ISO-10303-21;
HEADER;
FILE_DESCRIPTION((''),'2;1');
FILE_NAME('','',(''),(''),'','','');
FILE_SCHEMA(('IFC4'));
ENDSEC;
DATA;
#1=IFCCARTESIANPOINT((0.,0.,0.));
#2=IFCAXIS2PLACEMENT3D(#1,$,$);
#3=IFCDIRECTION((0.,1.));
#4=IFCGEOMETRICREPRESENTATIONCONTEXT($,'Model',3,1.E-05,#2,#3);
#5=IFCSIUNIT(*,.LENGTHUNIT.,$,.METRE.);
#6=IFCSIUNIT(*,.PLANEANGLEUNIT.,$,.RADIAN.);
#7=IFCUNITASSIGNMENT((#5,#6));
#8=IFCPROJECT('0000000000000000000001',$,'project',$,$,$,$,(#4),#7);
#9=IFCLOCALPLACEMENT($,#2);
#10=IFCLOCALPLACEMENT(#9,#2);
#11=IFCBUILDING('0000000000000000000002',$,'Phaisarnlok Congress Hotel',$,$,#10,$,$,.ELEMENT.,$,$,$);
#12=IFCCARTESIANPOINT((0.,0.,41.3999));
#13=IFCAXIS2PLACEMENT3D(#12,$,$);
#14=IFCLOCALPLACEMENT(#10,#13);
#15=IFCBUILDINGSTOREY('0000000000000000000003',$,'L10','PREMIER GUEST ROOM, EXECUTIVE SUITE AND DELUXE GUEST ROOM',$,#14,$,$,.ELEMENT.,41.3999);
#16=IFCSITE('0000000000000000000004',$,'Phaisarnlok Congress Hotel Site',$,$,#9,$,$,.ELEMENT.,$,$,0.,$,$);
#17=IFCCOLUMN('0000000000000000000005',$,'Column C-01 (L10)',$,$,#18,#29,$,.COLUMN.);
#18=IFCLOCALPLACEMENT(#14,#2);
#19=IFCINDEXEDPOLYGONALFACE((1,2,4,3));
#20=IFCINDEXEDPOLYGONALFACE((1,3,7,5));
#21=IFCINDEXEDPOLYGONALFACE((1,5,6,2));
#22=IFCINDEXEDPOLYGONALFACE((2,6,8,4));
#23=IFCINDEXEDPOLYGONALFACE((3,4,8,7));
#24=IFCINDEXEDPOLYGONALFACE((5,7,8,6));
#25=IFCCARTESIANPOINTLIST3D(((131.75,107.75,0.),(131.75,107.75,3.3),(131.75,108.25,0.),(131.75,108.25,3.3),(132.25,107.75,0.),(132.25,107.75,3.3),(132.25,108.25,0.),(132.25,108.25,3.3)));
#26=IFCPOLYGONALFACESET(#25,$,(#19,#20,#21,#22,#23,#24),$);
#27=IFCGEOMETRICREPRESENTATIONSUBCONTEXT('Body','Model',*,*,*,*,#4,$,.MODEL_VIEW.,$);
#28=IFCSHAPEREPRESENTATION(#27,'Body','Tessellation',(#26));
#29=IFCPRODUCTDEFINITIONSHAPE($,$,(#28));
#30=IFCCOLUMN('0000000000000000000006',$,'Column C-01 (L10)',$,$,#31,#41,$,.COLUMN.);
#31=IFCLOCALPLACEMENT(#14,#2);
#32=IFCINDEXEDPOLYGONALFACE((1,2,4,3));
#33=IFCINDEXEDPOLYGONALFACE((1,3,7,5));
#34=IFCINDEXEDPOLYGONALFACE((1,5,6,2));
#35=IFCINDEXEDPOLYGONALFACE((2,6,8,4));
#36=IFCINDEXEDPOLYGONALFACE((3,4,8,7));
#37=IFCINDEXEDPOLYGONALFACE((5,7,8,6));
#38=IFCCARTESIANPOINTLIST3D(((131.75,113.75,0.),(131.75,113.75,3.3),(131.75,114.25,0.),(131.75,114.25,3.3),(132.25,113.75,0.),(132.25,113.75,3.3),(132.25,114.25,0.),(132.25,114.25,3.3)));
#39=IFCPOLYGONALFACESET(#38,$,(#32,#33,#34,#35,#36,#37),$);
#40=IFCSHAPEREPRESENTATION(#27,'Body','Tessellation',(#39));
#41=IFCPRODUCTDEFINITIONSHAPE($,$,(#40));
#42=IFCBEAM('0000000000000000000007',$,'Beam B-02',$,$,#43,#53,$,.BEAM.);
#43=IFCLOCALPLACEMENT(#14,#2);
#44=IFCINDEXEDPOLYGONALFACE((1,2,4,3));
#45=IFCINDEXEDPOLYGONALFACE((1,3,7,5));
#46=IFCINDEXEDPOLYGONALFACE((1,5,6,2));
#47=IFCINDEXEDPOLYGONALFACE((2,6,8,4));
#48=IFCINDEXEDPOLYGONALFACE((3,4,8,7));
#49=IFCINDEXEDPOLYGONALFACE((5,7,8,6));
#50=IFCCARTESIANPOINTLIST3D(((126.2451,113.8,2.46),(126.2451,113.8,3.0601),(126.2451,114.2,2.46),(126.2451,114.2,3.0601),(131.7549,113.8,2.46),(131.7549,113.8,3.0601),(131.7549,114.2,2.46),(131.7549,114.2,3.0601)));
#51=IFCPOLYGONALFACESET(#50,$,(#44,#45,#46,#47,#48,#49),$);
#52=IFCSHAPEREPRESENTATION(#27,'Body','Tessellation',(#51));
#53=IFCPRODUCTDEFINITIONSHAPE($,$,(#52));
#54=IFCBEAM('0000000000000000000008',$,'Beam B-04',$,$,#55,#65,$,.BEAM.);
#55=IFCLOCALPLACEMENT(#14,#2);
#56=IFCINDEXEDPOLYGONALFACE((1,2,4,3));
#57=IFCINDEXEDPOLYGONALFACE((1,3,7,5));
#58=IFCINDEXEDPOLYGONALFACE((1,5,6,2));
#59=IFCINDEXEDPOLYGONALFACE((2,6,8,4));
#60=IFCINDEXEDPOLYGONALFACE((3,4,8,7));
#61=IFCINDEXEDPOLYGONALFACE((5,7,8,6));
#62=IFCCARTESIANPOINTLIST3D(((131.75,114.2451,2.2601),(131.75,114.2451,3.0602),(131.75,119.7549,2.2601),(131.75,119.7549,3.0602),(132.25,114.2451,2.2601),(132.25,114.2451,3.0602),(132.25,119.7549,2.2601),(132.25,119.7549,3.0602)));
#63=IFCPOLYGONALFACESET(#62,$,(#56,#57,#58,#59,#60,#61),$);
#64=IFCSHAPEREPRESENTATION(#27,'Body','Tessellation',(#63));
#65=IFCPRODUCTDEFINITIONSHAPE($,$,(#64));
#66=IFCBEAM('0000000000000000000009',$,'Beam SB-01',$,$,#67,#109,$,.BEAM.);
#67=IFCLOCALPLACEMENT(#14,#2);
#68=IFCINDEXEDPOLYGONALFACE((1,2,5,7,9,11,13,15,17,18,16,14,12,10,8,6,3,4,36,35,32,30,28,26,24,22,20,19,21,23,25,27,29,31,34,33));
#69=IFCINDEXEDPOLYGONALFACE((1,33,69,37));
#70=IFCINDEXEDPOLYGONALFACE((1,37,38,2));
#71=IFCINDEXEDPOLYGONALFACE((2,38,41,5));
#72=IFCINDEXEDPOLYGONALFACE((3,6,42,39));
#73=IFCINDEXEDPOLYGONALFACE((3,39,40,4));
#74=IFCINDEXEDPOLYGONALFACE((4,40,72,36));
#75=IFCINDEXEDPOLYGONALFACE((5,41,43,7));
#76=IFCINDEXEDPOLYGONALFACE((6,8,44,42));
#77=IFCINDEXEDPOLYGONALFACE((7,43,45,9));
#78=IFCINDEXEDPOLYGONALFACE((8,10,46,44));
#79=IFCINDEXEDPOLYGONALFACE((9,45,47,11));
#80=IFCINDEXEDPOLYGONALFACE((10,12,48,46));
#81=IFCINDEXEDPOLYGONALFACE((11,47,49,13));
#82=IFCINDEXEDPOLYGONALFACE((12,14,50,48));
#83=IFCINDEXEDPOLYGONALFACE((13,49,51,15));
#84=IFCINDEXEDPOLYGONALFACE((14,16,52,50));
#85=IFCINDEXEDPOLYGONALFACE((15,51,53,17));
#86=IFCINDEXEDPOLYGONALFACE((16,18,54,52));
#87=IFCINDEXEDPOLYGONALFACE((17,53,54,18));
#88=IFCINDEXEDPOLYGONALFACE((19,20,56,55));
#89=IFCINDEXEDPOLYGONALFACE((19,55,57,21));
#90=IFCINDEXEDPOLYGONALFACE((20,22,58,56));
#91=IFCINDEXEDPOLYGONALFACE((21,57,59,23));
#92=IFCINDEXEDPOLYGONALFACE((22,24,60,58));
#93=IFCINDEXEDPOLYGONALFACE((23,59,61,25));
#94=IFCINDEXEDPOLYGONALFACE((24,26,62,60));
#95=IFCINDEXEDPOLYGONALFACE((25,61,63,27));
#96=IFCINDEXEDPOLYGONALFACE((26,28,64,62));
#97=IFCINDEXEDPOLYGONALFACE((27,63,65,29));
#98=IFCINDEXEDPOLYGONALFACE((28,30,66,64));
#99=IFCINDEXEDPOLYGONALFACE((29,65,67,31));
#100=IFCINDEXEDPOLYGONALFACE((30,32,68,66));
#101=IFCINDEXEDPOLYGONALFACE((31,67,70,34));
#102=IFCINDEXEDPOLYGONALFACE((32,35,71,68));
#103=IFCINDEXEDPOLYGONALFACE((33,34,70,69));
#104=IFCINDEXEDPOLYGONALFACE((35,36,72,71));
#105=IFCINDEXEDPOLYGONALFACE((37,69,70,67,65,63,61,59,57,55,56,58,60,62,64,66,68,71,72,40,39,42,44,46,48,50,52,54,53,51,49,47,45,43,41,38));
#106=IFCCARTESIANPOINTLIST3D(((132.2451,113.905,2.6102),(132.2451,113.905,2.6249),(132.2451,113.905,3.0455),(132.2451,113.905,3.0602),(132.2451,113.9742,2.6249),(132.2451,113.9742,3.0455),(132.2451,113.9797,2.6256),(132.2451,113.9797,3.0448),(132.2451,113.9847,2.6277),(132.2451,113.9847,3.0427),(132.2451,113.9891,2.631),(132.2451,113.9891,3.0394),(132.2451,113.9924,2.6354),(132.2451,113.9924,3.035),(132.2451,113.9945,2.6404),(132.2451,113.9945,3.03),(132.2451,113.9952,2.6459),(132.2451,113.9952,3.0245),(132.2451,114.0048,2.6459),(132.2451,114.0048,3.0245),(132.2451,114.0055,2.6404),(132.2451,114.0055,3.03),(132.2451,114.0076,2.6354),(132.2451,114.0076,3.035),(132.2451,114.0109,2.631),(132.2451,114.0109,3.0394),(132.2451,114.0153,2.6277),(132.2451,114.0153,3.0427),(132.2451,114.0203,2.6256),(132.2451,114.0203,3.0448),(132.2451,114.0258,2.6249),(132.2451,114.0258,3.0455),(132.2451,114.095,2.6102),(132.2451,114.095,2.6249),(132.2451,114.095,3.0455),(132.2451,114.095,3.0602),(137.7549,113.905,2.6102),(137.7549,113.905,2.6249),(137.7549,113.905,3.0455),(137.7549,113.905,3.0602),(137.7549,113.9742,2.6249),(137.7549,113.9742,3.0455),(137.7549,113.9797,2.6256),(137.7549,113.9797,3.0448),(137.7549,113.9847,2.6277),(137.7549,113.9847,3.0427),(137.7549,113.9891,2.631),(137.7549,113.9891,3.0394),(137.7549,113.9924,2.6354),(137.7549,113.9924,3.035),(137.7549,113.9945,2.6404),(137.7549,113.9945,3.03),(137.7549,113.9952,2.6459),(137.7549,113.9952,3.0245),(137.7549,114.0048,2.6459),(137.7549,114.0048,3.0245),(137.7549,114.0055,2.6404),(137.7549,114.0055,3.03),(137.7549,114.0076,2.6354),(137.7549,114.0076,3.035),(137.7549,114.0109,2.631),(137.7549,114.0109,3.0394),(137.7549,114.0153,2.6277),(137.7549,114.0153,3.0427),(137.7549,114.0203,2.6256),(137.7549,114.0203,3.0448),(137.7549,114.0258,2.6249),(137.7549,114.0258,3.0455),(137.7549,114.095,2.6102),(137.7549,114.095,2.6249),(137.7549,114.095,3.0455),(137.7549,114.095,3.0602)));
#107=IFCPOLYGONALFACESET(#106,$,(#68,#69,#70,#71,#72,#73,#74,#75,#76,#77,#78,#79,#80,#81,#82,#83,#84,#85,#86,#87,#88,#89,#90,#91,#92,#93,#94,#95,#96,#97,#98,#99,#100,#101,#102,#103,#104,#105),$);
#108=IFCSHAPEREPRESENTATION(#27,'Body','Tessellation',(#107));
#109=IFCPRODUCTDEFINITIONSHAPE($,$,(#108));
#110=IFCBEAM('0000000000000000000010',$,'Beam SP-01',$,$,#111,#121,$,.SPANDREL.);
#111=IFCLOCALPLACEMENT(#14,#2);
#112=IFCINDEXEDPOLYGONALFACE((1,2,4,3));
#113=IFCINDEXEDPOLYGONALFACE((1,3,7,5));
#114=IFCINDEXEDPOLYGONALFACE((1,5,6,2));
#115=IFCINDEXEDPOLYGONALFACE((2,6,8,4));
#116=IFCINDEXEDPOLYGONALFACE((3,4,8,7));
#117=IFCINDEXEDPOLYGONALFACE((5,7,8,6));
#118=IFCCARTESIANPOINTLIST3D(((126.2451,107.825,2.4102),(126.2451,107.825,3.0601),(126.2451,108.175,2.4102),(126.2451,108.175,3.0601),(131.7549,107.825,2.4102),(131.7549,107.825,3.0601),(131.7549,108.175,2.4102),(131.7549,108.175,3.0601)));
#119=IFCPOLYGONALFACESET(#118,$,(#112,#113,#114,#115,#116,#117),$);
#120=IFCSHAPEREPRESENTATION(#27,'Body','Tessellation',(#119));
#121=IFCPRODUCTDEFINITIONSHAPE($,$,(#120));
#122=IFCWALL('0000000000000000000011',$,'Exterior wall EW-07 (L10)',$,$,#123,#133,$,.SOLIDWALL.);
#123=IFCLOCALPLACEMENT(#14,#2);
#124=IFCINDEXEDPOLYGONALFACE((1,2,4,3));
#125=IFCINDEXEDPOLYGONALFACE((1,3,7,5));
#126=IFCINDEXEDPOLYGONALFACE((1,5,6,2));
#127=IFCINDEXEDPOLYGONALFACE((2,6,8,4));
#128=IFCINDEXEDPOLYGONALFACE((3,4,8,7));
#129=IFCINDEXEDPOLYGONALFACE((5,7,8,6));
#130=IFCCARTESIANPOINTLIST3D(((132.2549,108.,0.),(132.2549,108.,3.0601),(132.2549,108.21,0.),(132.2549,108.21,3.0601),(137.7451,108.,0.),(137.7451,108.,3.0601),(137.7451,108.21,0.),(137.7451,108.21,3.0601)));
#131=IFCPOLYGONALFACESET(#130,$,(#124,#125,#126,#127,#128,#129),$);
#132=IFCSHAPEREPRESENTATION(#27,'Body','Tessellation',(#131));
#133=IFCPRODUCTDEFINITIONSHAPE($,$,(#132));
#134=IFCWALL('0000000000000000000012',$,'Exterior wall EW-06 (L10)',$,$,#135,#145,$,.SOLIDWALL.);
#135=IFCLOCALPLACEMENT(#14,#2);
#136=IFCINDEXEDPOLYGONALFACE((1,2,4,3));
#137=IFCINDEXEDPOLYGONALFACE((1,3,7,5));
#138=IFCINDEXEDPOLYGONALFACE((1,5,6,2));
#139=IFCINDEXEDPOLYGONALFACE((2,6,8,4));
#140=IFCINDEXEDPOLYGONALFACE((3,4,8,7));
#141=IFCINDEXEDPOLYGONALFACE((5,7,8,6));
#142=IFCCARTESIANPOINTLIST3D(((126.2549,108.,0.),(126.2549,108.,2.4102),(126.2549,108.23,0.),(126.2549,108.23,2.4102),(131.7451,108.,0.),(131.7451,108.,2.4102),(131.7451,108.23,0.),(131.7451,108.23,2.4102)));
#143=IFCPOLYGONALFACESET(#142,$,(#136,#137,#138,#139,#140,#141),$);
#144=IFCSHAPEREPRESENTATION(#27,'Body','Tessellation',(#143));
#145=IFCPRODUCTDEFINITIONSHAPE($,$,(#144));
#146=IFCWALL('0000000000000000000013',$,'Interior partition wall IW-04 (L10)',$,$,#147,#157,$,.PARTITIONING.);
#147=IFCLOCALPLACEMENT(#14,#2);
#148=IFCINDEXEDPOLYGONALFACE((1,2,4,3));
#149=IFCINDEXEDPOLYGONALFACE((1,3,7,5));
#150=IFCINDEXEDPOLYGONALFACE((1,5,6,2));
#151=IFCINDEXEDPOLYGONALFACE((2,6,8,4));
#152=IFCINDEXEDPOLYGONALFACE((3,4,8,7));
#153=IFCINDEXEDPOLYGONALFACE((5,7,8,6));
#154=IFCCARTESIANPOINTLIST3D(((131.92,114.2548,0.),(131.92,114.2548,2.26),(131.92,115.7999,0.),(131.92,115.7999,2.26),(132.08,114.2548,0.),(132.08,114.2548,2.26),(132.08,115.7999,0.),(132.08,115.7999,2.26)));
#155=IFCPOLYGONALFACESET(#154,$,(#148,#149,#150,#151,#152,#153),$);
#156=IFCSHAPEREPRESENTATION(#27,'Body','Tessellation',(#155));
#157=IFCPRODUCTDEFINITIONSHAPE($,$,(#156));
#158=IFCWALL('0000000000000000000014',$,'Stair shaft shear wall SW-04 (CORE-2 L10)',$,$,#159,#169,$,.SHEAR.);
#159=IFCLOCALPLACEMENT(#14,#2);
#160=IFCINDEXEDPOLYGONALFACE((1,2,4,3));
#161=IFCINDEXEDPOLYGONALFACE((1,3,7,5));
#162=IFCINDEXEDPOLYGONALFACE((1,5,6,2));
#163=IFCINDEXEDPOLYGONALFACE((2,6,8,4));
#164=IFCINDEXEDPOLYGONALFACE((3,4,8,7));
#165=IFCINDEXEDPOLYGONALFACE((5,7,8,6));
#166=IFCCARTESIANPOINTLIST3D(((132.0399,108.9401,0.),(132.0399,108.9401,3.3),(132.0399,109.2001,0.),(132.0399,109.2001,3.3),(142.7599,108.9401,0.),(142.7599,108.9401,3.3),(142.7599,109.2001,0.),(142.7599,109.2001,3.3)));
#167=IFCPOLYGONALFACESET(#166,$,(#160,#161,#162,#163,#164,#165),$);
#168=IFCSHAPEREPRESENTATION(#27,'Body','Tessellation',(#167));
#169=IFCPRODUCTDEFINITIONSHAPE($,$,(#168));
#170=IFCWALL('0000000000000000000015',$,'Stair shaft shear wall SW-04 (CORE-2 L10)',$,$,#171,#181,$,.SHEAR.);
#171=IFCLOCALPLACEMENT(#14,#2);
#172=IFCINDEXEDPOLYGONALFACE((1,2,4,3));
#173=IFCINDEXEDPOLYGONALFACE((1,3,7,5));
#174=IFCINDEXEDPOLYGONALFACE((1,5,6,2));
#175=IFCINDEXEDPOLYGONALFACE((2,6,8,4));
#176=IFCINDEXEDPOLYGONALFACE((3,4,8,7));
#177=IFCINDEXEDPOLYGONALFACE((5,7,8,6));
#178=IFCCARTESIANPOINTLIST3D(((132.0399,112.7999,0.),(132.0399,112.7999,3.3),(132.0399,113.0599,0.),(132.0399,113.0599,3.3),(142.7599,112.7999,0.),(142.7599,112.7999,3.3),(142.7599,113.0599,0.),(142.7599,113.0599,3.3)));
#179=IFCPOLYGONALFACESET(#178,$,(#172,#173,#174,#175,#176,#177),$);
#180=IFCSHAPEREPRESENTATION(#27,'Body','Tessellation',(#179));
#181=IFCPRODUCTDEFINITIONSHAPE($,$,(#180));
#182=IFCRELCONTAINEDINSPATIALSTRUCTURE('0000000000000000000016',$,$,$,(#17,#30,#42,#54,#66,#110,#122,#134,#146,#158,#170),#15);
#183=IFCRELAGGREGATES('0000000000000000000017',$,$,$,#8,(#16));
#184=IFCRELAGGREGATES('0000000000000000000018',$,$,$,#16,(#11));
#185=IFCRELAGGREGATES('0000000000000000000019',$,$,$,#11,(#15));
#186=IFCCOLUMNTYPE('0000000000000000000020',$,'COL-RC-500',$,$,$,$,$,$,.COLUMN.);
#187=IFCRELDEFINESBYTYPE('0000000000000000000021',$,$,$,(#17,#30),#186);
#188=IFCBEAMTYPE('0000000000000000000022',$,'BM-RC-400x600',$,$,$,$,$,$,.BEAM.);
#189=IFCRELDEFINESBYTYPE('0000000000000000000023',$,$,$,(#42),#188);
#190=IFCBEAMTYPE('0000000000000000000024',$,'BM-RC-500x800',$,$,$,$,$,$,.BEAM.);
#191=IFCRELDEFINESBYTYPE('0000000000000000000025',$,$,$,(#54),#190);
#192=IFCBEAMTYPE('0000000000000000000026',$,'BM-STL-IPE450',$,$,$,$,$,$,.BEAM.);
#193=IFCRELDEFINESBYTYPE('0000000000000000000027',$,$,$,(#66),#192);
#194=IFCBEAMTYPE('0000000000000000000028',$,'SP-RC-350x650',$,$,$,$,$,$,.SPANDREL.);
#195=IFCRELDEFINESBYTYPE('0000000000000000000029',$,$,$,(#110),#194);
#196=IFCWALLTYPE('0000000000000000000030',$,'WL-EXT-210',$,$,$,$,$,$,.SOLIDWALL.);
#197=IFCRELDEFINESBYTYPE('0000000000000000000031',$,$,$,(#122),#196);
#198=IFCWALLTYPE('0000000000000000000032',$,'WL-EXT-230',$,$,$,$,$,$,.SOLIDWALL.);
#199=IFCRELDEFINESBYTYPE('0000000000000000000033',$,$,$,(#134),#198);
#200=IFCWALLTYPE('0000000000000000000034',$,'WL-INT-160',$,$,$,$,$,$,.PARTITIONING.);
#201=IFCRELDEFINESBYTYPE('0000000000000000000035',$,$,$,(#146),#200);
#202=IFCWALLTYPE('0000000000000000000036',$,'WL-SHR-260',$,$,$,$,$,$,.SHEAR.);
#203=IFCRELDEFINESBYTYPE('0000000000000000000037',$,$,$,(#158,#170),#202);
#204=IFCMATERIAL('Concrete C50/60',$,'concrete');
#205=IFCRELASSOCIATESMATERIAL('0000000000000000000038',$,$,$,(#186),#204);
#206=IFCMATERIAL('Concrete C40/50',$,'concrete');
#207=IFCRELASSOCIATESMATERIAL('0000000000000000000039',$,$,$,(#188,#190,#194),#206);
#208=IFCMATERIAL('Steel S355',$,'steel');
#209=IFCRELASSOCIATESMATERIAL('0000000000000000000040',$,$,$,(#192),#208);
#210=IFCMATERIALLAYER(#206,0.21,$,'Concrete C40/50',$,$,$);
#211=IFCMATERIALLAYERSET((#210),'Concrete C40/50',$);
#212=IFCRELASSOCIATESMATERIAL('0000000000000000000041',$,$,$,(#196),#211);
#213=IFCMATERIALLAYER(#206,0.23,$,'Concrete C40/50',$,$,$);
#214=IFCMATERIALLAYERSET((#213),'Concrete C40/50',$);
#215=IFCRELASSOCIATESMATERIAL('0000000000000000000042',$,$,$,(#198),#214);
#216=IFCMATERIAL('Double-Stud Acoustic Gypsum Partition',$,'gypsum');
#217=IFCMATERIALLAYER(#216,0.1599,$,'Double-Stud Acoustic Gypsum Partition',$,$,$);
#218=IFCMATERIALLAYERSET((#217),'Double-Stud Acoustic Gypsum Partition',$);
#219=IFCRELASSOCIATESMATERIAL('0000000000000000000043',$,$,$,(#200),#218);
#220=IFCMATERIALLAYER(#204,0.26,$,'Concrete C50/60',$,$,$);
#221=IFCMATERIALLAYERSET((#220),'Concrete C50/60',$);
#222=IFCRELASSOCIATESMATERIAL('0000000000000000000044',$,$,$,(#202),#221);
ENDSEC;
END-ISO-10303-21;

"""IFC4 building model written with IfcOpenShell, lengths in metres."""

from ifc_helpers import new_model, si_unit, direction, frame, frame_2d, origin, origin_2d, place, context, subcontext, project, spatial, rectangle, i_section, extrude, material, layer, layer_set, material_profile, profile_set, type_object, element, save


model = new_model("IFC4")

# Units and contexts
model_context = context("Model", 3, precision=1e-05, world=origin(), true_north=direction((0.0, 1.0)))
body_context = subcontext(model_context, "Body", "Model", "MODEL_VIEW")
ifc_project = project(units=[si_unit("LENGTHUNIT", "METRE"), si_unit("PLANEANGLEUNIT", "RADIAN")], contexts=[model_context])

# Site, building, storey
site_placement = place(None, origin())
site = spatial("IfcSite", under=ifc_project, at=site_placement, Name="Phaisarnlok Congress Hotel Site", CompositionType="ELEMENT", RefElevation=0.0)
building_placement = place(site_placement, origin())
building = spatial("IfcBuilding", under=site, at=building_placement, Name="Phaisarnlok Congress Hotel", CompositionType="ELEMENT")
storey_placement = place(building_placement, frame((0.0, 0.0, 41.3999)))
storey = spatial("IfcBuildingStorey", under=building, at=storey_placement, Name="L10", Description="PREMIER GUEST ROOM, EXECUTIVE SUITE AND DELUXE GUEST ROOM", CompositionType="ELEMENT", Elevation=41.3999)

# Columns
ifc_material_1 = material(Name="Concrete C50/60", Category="concrete")
ifc_material_profile_1 = material_profile(ifc_material_1, rectangle(XDim=0.5, YDim=0.5, at=origin_2d()), Name="RC 500x500")
ifc_profile_set_1 = profile_set([ifc_material_profile_1], Name="Concrete C50/60")
column_type = type_object("IfcColumnType", Name="COL-RC-500", PredefinedType="COLUMN", material=ifc_profile_set_1)
for number, where, z_axis, x_axis, name in (
    (1, (132.0, 108.0, 0.0), (0.0, 0.0, 1.0), (1.0, 0.0, 0.0), "Column C-01 (L10)"),
    (2, (132.0, 114.0, 0.0), (0.0, 0.0, 1.0), (1.0, 0.0, 0.0), "Column C-01 (L10)"),
):
    element("IfcColumn", number, at=place(storey_placement, frame(where, z_axis=z_axis, x_axis=x_axis)), inside=storey, type_object=column_type, Name=name, PredefinedType="COLUMN", context=body_context, shape_type="SweptSolid", body=[
        extrude(rectangle(XDim=0.5, YDim=0.5, at=origin_2d()), origin(), (0.0, 0.0, 1.0), 3.3),
    ])

# Beams
ifc_material_2 = material(Name="Concrete C40/50", Category="concrete")
ifc_material_profile_2 = material_profile(ifc_material_2, rectangle(XDim=0.3999, YDim=0.6001, at=origin_2d()), Name="RC 400x600")
ifc_profile_set_2 = profile_set([ifc_material_profile_2], Name="Concrete C40/50")
beam_type_1 = type_object("IfcBeamType", Name="BM-RC-400x600", PredefinedType="BEAM", material=ifc_profile_set_2)
beam_1_placement = place(storey_placement, frame((126.2451, 114.0, 2.76), z_axis=(1.0, 0.0, 0.0), x_axis=(0.0, 1.0, 0.0)))
element("IfcBeam", 3, at=beam_1_placement, inside=storey, type_object=beam_type_1, Name="Beam B-02", PredefinedType="BEAM", context=body_context, shape_type="SweptSolid", body=[
    extrude(rectangle(XDim=0.3999, YDim=0.6001, at=origin_2d()), origin(), (0.0, 0.0, 1.0), 5.5098),
])
ifc_material_profile_3 = material_profile(ifc_material_2, rectangle(XDim=0.5, YDim=0.8, at=origin_2d()), Name="RC 500x800")
ifc_profile_set_3 = profile_set([ifc_material_profile_3], Name="Concrete C40/50")
beam_type_2 = type_object("IfcBeamType", Name="BM-RC-500x800", PredefinedType="BEAM", material=ifc_profile_set_3)
beam_2_placement = place(storey_placement, frame((132.0, 114.2451, 2.6602), z_axis=(0.0, 1.0, 0.0), x_axis=(-1.0, 0.0, 0.0)))
element("IfcBeam", 4, at=beam_2_placement, inside=storey, type_object=beam_type_2, Name="Beam B-04", PredefinedType="BEAM", context=body_context, shape_type="SweptSolid", body=[
    extrude(rectangle(XDim=0.5, YDim=0.8, at=origin_2d()), origin(), (0.0, 0.0, 1.0), 5.5098),
])
ifc_material_3 = material(Name="Steel S355", Category="steel")
ifc_material_profile_4 = material_profile(ifc_material_3, i_section(OverallWidth=0.1899, OverallDepth=0.45, WebThickness=0.0095, FlangeThickness=0.0146, FilletRadius=0.021, at=origin_2d()), Name="IPE 450")
ifc_profile_set_4 = profile_set([ifc_material_profile_4], Name="Steel S355")
beam_type_3 = type_object("IfcBeamType", Name="BM-STL-IPE450", PredefinedType="BEAM", material=ifc_profile_set_4)
beam_3_placement = place(storey_placement, frame((132.2451, 114.0, 2.8352), z_axis=(1.0, 0.0, 0.0), x_axis=(0.0, 1.0, 0.0)))
element("IfcBeam", 5, at=beam_3_placement, inside=storey, type_object=beam_type_3, Name="Beam SB-01", PredefinedType="BEAM", context=body_context, shape_type="SweptSolid", body=[
    extrude(i_section(OverallWidth=0.1899, OverallDepth=0.45, WebThickness=0.0095, FlangeThickness=0.0146, FilletRadius=0.021, at=origin_2d()), origin(), (0.0, 0.0, 1.0), 5.5098),
])
ifc_material_profile_5 = material_profile(ifc_material_2, rectangle(XDim=0.3501, YDim=0.6499, at=origin_2d()), Name="RC 350x650")
ifc_profile_set_5 = profile_set([ifc_material_profile_5], Name="Concrete C40/50")
beam_type_4 = type_object("IfcBeamType", Name="SP-RC-350x650", PredefinedType="SPANDREL", material=ifc_profile_set_5)
beam_4_placement = place(storey_placement, frame((126.2451, 108.0, 2.7351), z_axis=(1.0, 0.0, 0.0), x_axis=(0.0, 1.0, 0.0)))
element("IfcBeam", 6, at=beam_4_placement, inside=storey, type_object=beam_type_4, Name="Beam SP-01", PredefinedType="SPANDREL", context=body_context, shape_type="SweptSolid", body=[
    extrude(rectangle(XDim=0.3501, YDim=0.6499, at=origin_2d()), origin(), (0.0, 0.0, 1.0), 5.5098),
])

# Walls
ifc_layer_1 = layer(ifc_material_2, 0.21, Name="Concrete C40/50")
ifc_layer_set_1 = layer_set([ifc_layer_1], Name="Concrete C40/50")
wall_type_1 = type_object("IfcWallType", Name="WL-EXT-210", PredefinedType="SOLIDWALL", material=ifc_layer_set_1)
wall_1_placement = place(storey_placement, frame((132.2549, 108.105, 0.0), z_axis=(0.0, 0.0, 1.0), x_axis=(1.0, 0.0, 0.0)))
element("IfcWall", 7, at=wall_1_placement, inside=storey, type_object=wall_type_1, Name="Exterior wall EW-07 (L10)", PredefinedType="SOLIDWALL", context=body_context, shape_type="SweptSolid", body=[
    extrude(rectangle(XDim=5.4902, YDim=0.21, at=frame_2d((2.7451, 0.0))), origin(), (0.0, 0.0, 1.0), 3.0601),
])
ifc_layer_2 = layer(ifc_material_2, 0.23, Name="Concrete C40/50")
ifc_layer_set_2 = layer_set([ifc_layer_2], Name="Concrete C40/50")
wall_type_2 = type_object("IfcWallType", Name="WL-EXT-230", PredefinedType="SOLIDWALL", material=ifc_layer_set_2)
wall_2_placement = place(storey_placement, frame((126.2549, 108.115, 0.0), z_axis=(0.0, 0.0, 1.0), x_axis=(1.0, 0.0, 0.0)))
element("IfcWall", 8, at=wall_2_placement, inside=storey, type_object=wall_type_2, Name="Exterior wall EW-06 (L10)", PredefinedType="SOLIDWALL", context=body_context, shape_type="SweptSolid", body=[
    extrude(rectangle(XDim=5.4902, YDim=0.23, at=frame_2d((2.7451, 0.0))), origin(), (0.0, 0.0, 1.0), 2.4102),
])
ifc_material_4 = material(Name="Double-Stud Acoustic Gypsum Partition", Category="gypsum")
ifc_layer_3 = layer(ifc_material_4, 0.1599, Name="Double-Stud Acoustic Gypsum Partition")
ifc_layer_set_3 = layer_set([ifc_layer_3], Name="Double-Stud Acoustic Gypsum Partition")
wall_type_3 = type_object("IfcWallType", Name="WL-INT-160", PredefinedType="PARTITIONING", material=ifc_layer_set_3)
wall_3_placement = place(storey_placement, frame((132.0, 114.2549, 0.0), z_axis=(0.0, 0.0, 1.0), x_axis=(0.0, 1.0, 0.0)))
element("IfcWall", 9, at=wall_3_placement, inside=storey, type_object=wall_type_3, Name="Interior partition wall IW-04 (L10)", PredefinedType="PARTITIONING", context=body_context, shape_type="SweptSolid", body=[
    extrude(rectangle(XDim=1.5452, YDim=0.1599, at=frame_2d((0.7725, 0.0))), origin(), (0.0, 0.0, 1.0), 2.26),
])
ifc_layer_4 = layer(ifc_material_1, 0.26, Name="Concrete C50/60")
ifc_layer_set_4 = layer_set([ifc_layer_4], Name="Concrete C50/60")
wall_type_4 = type_object("IfcWallType", Name="WL-SHR-260", PredefinedType="SHEAR", material=ifc_layer_set_4)
for number, where, z_axis, x_axis, name in (
    (10, (132.04, 109.0701, 0.0), (0.0, 0.0, 1.0), (1.0, 0.0, 0.0), "Stair shaft shear wall SW-04 (CORE-2 L10)"),
    (11, (132.04, 112.9299, 0.0), (0.0, 0.0, 1.0), (1.0, 0.0, 0.0), "Stair shaft shear wall SW-04 (CORE-2 L10)"),
):
    element("IfcWall", number, at=place(storey_placement, frame(where, z_axis=z_axis, x_axis=x_axis)), inside=storey, type_object=wall_type_4, Name=name, PredefinedType="SHEAR", context=body_context, shape_type="SweptSolid", body=[
        extrude(rectangle(XDim=10.72, YDim=0.26, at=frame_2d((5.3599, 0.0))), origin(), (0.0, 0.0, 1.0), 3.3),
    ])

save(model, "model.ifc")
